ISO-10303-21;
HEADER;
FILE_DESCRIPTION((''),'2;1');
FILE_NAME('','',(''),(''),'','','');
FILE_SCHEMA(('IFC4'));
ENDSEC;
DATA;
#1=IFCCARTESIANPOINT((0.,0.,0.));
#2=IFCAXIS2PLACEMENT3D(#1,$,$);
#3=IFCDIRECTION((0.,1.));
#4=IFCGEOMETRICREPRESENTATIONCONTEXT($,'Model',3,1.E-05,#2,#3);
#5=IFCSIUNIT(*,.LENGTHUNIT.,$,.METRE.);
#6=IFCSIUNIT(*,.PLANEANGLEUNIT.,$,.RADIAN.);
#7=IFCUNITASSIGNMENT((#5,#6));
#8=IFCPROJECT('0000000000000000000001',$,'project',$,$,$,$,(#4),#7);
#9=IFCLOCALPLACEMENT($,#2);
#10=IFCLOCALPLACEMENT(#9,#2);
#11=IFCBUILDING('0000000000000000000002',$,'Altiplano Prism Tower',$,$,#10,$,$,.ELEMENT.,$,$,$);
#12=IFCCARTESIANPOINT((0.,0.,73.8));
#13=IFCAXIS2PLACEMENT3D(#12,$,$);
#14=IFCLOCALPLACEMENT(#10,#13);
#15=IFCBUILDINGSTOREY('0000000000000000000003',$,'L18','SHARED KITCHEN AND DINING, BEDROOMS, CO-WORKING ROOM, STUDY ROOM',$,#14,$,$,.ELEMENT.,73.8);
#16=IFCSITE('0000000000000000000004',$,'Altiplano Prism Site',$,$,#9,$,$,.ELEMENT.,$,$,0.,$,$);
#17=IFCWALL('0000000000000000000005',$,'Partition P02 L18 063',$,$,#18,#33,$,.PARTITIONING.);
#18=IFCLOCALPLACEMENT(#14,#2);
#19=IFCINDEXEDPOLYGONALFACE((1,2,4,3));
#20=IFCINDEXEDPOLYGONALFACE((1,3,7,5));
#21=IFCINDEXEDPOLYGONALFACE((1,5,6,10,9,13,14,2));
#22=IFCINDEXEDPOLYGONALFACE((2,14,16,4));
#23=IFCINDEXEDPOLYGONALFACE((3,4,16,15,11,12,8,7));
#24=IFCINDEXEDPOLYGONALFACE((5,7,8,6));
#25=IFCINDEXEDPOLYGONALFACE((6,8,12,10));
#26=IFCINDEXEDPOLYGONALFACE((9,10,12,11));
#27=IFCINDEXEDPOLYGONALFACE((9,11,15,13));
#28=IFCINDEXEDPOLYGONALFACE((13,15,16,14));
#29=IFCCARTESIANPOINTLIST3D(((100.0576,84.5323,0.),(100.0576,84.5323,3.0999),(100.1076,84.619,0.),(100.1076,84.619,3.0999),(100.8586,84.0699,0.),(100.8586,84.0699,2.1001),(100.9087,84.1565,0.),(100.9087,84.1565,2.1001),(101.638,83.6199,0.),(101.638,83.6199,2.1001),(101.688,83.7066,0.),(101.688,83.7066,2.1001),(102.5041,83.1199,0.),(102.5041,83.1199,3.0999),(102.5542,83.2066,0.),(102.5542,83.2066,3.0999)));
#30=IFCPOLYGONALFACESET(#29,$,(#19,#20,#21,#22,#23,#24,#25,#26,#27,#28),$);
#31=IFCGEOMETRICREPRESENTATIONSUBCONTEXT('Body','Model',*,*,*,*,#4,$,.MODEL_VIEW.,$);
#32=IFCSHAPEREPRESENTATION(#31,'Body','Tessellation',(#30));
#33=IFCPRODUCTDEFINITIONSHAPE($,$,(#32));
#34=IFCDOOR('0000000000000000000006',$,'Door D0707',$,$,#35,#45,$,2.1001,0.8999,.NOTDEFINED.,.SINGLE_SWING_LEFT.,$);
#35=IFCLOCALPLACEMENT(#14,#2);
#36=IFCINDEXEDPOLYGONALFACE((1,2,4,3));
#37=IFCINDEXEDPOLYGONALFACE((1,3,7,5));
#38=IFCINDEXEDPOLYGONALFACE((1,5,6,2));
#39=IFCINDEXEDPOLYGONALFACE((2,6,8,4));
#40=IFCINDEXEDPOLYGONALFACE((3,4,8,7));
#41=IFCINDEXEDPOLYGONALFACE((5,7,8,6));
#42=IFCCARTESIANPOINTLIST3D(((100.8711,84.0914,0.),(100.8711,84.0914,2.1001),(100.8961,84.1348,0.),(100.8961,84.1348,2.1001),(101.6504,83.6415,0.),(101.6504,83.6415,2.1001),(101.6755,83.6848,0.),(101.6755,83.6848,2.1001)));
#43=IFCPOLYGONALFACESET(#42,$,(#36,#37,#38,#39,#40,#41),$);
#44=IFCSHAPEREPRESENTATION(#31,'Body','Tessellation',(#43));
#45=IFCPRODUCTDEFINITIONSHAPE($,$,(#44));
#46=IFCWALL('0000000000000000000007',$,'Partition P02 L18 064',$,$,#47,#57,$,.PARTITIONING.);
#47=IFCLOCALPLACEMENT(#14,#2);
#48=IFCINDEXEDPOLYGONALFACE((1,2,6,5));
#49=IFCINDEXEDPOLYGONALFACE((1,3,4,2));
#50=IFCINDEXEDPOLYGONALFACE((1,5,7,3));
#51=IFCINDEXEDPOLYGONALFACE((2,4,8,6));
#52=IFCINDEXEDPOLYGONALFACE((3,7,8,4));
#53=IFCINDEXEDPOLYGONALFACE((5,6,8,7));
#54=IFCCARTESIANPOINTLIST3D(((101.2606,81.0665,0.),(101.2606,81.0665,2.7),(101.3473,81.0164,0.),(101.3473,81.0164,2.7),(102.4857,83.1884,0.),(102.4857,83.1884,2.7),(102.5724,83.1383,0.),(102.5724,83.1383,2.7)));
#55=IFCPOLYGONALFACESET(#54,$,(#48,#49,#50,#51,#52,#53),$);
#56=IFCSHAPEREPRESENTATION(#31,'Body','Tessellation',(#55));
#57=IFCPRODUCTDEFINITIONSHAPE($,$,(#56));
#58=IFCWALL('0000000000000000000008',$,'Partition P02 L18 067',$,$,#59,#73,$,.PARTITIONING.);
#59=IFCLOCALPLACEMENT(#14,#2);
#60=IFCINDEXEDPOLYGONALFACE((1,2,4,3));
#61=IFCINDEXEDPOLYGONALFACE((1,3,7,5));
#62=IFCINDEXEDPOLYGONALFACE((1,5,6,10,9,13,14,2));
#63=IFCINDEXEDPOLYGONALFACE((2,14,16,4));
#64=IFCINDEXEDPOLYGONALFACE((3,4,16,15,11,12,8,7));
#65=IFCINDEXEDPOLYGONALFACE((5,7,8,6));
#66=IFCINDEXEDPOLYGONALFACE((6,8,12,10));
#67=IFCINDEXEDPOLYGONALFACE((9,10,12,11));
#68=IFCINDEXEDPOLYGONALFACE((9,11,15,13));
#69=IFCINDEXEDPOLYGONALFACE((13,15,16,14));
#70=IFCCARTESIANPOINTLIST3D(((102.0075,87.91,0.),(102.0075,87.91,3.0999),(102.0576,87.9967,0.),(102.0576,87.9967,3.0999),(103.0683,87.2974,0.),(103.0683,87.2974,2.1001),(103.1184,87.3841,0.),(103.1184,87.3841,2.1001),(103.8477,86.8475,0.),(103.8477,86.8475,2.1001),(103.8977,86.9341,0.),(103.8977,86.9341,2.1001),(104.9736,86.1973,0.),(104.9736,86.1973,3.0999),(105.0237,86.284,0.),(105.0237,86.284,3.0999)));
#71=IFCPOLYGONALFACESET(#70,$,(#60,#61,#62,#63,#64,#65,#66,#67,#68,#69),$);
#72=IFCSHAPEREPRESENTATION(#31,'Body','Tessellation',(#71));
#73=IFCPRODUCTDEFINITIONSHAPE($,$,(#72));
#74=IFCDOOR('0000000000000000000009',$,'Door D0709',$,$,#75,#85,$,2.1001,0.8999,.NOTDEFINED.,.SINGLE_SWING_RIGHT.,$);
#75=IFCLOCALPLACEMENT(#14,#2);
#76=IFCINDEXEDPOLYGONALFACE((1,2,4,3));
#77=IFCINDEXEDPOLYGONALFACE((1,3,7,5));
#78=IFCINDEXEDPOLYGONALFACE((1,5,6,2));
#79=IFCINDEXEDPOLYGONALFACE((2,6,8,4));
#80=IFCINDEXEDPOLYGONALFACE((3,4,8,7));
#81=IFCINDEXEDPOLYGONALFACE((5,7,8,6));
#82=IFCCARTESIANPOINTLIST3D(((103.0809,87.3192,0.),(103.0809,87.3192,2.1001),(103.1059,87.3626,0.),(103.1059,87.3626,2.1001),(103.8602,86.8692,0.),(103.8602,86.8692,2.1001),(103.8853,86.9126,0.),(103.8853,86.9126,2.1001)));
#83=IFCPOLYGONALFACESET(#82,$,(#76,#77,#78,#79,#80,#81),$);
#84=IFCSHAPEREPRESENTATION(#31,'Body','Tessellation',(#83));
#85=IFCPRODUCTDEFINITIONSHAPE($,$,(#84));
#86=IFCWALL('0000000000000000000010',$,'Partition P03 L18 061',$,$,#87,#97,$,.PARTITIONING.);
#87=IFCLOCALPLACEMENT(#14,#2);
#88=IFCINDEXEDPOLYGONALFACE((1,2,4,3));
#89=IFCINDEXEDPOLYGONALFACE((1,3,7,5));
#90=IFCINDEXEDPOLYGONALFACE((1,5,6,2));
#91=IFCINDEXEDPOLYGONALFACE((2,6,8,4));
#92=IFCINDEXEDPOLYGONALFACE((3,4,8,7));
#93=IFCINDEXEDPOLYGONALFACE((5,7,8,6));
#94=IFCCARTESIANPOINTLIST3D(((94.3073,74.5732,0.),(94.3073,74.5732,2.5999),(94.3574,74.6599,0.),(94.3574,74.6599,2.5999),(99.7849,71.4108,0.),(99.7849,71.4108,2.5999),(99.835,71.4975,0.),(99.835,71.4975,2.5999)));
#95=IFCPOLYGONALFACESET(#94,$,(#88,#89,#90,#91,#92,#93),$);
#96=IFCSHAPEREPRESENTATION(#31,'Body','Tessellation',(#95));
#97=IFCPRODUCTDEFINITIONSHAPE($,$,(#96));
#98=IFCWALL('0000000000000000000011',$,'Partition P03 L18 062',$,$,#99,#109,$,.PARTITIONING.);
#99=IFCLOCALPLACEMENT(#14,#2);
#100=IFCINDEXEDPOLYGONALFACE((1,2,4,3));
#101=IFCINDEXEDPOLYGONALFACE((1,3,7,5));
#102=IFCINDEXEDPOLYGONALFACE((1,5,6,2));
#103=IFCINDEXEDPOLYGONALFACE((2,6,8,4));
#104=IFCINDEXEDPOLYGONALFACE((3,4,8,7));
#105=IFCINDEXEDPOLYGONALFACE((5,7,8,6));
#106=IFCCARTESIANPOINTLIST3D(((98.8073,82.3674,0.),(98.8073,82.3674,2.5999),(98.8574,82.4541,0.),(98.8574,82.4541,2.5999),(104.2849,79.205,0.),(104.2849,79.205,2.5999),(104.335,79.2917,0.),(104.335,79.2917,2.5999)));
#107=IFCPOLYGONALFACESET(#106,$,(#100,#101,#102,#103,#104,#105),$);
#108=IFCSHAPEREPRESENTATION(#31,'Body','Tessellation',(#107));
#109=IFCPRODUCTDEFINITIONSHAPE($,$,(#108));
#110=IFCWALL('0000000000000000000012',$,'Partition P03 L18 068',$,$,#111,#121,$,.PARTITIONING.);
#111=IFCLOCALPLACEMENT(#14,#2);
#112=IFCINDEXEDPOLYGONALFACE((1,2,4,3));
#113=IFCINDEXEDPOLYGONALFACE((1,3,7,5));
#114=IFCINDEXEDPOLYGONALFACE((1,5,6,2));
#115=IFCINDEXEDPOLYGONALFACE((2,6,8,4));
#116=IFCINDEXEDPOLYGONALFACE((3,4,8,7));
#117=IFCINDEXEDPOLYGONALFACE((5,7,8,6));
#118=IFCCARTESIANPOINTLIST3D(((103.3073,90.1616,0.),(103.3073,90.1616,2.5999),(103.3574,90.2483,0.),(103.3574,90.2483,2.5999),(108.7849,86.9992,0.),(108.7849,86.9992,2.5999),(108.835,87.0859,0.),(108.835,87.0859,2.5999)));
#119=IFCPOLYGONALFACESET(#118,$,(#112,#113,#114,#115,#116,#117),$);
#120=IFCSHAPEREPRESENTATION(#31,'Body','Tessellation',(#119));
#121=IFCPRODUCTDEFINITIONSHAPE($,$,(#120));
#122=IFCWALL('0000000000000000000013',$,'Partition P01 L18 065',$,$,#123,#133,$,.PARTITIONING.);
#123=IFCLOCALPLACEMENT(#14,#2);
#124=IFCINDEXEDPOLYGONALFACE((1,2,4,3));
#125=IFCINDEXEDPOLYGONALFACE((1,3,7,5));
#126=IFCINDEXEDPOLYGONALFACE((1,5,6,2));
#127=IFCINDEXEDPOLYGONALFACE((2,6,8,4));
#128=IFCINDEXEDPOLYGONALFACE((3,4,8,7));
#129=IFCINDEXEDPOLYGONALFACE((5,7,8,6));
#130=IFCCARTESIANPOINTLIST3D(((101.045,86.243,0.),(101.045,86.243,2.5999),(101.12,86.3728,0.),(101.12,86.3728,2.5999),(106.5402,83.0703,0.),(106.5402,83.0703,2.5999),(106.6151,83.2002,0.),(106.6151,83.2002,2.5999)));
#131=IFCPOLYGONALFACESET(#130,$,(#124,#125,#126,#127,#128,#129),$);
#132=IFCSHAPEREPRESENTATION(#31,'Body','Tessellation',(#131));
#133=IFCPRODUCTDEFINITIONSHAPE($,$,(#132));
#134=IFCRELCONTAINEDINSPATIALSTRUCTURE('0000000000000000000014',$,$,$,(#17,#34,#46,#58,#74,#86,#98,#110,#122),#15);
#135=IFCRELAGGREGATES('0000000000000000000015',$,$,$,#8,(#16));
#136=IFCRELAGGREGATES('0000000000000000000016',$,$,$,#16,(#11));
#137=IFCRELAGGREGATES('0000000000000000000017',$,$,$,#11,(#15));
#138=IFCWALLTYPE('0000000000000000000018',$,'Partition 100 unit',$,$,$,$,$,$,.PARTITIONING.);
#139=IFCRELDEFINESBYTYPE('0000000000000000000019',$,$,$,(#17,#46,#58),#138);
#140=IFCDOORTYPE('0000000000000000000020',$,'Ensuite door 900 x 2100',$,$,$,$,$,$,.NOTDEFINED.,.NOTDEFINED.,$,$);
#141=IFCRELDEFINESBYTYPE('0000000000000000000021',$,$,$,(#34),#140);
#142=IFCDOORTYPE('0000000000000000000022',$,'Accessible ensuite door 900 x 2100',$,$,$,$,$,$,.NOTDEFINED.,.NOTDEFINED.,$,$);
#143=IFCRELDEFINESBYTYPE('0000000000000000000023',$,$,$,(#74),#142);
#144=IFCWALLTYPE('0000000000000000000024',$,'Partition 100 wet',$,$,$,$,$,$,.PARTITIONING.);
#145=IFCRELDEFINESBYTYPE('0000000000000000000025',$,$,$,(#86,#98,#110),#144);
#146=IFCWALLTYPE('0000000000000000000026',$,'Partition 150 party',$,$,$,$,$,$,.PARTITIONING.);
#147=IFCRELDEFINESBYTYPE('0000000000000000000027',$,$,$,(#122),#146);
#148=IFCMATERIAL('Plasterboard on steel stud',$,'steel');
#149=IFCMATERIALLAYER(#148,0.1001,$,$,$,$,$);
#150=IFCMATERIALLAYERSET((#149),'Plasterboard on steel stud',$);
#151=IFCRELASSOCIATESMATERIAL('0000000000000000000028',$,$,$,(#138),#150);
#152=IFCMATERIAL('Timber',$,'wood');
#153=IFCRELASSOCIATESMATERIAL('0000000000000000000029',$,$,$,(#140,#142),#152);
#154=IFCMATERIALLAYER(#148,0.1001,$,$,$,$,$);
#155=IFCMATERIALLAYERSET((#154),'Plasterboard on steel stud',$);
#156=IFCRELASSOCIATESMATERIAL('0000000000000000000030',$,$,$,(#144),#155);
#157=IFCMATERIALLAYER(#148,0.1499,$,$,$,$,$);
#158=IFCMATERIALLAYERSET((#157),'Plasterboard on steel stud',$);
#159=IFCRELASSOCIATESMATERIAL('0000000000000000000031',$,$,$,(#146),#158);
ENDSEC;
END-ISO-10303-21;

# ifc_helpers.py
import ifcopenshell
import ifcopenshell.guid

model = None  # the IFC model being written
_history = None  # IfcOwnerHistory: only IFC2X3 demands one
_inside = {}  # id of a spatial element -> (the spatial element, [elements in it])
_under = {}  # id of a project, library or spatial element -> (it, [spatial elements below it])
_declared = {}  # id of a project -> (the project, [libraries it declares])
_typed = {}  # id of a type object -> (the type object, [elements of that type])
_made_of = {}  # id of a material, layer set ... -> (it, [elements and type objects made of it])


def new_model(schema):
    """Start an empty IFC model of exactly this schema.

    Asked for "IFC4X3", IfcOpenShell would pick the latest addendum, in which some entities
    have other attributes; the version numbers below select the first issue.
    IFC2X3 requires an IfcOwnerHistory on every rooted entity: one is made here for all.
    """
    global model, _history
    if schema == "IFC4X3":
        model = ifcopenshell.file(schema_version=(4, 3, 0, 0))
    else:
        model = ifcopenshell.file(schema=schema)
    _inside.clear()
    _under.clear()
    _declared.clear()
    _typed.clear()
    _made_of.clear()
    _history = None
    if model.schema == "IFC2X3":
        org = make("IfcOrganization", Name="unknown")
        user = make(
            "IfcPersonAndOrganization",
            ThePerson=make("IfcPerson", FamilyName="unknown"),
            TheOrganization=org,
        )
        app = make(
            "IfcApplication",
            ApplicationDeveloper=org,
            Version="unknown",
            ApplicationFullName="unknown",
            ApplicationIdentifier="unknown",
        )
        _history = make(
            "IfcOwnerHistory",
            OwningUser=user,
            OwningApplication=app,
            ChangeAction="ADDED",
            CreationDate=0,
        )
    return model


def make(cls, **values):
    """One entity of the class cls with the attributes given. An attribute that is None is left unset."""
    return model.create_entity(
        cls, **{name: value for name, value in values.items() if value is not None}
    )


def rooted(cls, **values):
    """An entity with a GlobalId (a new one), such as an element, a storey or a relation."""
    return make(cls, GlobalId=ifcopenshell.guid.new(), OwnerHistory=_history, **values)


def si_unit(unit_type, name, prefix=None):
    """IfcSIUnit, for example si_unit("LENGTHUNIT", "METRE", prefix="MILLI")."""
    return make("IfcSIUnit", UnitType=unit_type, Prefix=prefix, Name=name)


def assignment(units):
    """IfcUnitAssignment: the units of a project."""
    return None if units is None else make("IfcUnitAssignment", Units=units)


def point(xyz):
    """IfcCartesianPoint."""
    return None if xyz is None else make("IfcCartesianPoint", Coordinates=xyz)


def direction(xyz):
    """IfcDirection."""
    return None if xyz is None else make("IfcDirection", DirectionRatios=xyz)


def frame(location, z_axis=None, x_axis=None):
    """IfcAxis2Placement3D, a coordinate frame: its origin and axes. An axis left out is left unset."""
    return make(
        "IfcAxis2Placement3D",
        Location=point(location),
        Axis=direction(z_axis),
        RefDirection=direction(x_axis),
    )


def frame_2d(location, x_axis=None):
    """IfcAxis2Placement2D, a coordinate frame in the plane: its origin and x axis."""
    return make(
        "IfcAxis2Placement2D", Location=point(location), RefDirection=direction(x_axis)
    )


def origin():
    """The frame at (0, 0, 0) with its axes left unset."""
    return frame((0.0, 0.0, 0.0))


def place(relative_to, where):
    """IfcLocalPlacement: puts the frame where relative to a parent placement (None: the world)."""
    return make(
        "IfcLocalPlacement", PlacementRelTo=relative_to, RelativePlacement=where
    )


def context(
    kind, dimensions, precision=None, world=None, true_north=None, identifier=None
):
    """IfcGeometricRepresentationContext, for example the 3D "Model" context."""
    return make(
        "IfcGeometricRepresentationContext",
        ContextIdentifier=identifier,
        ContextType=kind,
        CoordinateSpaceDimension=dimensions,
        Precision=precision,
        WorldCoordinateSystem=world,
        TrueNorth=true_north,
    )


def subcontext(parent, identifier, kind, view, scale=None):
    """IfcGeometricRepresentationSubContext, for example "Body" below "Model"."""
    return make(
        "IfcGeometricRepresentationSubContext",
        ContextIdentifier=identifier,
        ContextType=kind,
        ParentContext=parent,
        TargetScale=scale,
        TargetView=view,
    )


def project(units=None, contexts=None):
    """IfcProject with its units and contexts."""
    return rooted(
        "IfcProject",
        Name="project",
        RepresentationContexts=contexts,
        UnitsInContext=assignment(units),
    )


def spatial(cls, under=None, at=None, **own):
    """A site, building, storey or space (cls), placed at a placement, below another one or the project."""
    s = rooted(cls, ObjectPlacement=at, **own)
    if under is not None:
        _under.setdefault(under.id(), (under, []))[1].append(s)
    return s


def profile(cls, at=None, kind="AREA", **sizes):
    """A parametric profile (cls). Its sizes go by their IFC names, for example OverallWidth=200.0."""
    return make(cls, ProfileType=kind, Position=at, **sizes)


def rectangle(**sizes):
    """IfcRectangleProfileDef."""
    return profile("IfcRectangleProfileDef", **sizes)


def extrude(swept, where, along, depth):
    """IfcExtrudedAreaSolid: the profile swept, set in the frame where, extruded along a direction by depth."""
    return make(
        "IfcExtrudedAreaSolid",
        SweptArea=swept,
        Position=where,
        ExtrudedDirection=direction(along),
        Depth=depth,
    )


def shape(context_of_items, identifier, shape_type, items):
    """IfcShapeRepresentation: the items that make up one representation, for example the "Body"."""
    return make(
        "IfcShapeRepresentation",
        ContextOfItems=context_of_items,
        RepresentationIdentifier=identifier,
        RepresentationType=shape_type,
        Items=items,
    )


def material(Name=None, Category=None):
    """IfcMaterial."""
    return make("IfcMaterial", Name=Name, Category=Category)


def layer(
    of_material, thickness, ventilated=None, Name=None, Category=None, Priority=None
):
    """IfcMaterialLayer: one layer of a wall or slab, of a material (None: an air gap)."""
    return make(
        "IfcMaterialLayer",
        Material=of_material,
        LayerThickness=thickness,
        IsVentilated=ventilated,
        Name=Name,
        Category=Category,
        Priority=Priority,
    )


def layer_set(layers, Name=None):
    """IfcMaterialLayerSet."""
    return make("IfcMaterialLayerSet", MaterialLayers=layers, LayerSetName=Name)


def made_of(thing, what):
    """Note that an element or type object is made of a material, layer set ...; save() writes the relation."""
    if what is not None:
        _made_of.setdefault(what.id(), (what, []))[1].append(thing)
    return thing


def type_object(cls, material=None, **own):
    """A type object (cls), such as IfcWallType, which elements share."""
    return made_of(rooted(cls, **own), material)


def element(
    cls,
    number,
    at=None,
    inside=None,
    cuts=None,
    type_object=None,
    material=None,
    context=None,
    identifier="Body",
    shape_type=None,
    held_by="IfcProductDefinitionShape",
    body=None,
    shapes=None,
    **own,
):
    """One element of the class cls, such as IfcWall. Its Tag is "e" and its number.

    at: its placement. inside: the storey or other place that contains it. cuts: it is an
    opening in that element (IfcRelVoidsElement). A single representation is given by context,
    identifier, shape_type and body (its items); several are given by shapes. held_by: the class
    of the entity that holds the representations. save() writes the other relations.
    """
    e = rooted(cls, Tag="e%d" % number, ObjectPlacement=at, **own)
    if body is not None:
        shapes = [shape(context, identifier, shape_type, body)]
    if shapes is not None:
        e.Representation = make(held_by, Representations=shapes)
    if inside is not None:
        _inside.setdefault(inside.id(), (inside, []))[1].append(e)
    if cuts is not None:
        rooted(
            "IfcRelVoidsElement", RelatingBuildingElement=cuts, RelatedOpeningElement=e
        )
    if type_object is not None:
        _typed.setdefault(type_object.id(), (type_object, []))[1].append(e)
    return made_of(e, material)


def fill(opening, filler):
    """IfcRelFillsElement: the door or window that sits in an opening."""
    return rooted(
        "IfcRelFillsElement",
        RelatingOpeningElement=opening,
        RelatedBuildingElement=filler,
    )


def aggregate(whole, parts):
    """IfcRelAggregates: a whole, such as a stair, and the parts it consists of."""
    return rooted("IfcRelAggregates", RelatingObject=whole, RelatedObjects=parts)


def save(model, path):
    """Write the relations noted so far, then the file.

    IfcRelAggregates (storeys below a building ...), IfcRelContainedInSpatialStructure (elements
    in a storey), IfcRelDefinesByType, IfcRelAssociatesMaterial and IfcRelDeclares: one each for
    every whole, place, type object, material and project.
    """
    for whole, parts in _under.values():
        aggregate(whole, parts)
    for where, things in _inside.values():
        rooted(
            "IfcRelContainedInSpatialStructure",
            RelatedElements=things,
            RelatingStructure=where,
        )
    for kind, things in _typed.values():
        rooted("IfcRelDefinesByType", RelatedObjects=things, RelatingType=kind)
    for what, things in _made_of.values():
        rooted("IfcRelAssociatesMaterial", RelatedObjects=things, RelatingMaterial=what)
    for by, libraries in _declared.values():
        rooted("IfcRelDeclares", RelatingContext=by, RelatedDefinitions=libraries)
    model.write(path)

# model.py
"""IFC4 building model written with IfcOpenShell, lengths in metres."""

from ifc_helpers import new_model, si_unit, direction, frame, frame_2d, origin, place, context, subcontext, project, spatial, rectangle, extrude, material, layer, layer_set, type_object, element, fill, save


model = new_model("IFC4")

# Units and contexts
model_context = context("Model", 3, precision=1e-05, world=origin(), true_north=direction((0.0, 1.0)))
body_context = subcontext(model_context, "Body", "Model", "MODEL_VIEW")
ifc_project = project(units=[si_unit("LENGTHUNIT", "METRE"), si_unit("PLANEANGLEUNIT", "RADIAN")], contexts=[model_context])

# Site, building, storey
site_placement = place(None, origin())
site = spatial("IfcSite", under=ifc_project, at=site_placement, Name="Altiplano Prism Site", CompositionType="ELEMENT", RefElevation=0.0)
building_placement = place(site_placement, origin())
building = spatial("IfcBuilding", under=site, at=building_placement, Name="Altiplano Prism Tower", CompositionType="ELEMENT")
storey_placement = place(building_placement, frame((0.0, 0.0, 73.8)))
storey = spatial("IfcBuildingStorey", under=building, at=storey_placement, Name="L18", Description="SHARED KITCHEN AND DINING, BEDROOMS, CO-WORKING ROOM, STUDY ROOM", CompositionType="ELEMENT", Elevation=73.8)

# Wall, opening, door
ifc_material_1 = material(Name="Plasterboard on steel stud", Category="steel")
ifc_layer_1 = layer(ifc_material_1, 0.1001)
ifc_layer_set_1 = layer_set([ifc_layer_1], Name="Plasterboard on steel stud")
wall_type_1 = type_object("IfcWallType", Name="Partition 100 unit", PredefinedType="PARTITIONING", material=ifc_layer_set_1)
wall_1_placement = place(storey_placement, frame((100.0825, 84.5757, 0.0), z_axis=(0.0, 0.0, 1.0), x_axis=(0.866049, -0.499959, 0.0)))
wall_1 = element("IfcWall", 1, at=wall_1_placement, inside=storey, type_object=wall_type_1, Name="Partition P02 L18 063", PredefinedType="PARTITIONING", context=body_context, shape_type="SweptSolid", body=[
    extrude(rectangle(XDim=2.825, YDim=0.1001, at=frame_2d((1.4126, 0.0))), origin(), (0.0, 0.0, 1.0), 3.0999),
])
opening_1_placement = place(wall_1_placement, frame((0.925, 0.0, 0.0)))
opening_1 = element("IfcOpeningElement", 2, at=opening_1_placement, cuts=wall_1, PredefinedType="OPENING", context=body_context, shape_type="SweptSolid", body=[
    extrude(rectangle(XDim=0.8999, YDim=2.1001, at=frame_2d((0.45, 1.05))), frame((0.0, 0.0605, 0.0), z_axis=(0.0, -1.0, 0.0), x_axis=(1.0, 0.0, 0.0)), (0.0, 0.0, 1.0), 0.1211),
])
ifc_material_2 = material(Name="Timber", Category="wood")
door_type_1 = type_object("IfcDoorType", Name="Ensuite door 900 x 2100", OperationType="NOTDEFINED", PredefinedType="NOTDEFINED", material=ifc_material_2)
door_1_placement = place(opening_1_placement, origin())
door_1 = element("IfcDoor", 3, at=door_1_placement, inside=storey, type_object=door_type_1, Name="Door D0707", OperationType="SINGLE_SWING_LEFT", OverallHeight=2.1001, OverallWidth=0.8999, PredefinedType="NOTDEFINED", context=body_context, shape_type="SweptSolid", body=[
    extrude(rectangle(XDim=0.8999, YDim=2.1001, at=frame_2d((0.45, 1.05))), frame((0.0, 0.0249, 0.0), z_axis=(0.0, -1.0, 0.0), x_axis=(1.0, 0.0, 0.0)), (0.0, 0.0, 1.0), 0.05),
])
fill(opening_1, door_1)

# Wall
wall_2_placement = place(storey_placement, frame((102.5291, 83.1633, 0.0), z_axis=(0.0, 0.0, 1.0), x_axis=(-0.500019, -0.866015, 0.0)))
element("IfcWall", 4, at=wall_2_placement, inside=storey, type_object=wall_type_1, Name="Partition P02 L18 064", PredefinedType="PARTITIONING", context=body_context, shape_type="SweptSolid", body=[
    extrude(rectangle(XDim=2.4502, YDim=0.1001, at=frame_2d((1.2251, 0.0))), origin(), (0.0, 0.0, 1.0), 2.7),
])

# Wall, opening, door
wall_3_placement = place(storey_placement, frame((104.9985, 86.2407, 0.0), z_axis=(0.0, 0.0, 1.0), x_axis=(-0.866002, 0.500041, 0.0)))
wall_3 = element("IfcWall", 5, at=wall_3_placement, inside=storey, type_object=wall_type_1, Name="Partition P02 L18 067", PredefinedType="PARTITIONING", context=body_context, shape_type="SweptSolid", body=[
    extrude(rectangle(XDim=3.425, YDim=0.1001, at=frame_2d((1.7124, 0.0))), origin(), (0.0, 0.0, 1.0), 3.0999),
])
opening_2_placement = place(wall_3_placement, frame((1.3, 0.0, 0.0)))
opening_2 = element("IfcOpeningElement", 6, at=opening_2_placement, cuts=wall_3, PredefinedType="OPENING", context=body_context, shape_type="SweptSolid", body=[
    extrude(rectangle(XDim=0.8999, YDim=2.1001, at=frame_2d((0.45, 1.05))), frame((0.0, 0.0605, 0.0), z_axis=(0.0, -1.0, 0.0), x_axis=(1.0, 0.0, 0.0)), (0.0, 0.0, 1.0), 0.1211),
])
door_type_2 = type_object("IfcDoorType", Name="Accessible ensuite door 900 x 2100", OperationType="NOTDEFINED", PredefinedType="NOTDEFINED", material=ifc_material_2)
door_2_placement = place(opening_2_placement, origin())
door_2 = element("IfcDoor", 7, at=door_2_placement, inside=storey, type_object=door_type_2, Name="Door D0709", OperationType="SINGLE_SWING_RIGHT", OverallHeight=2.1001, OverallWidth=0.8999, PredefinedType="NOTDEFINED", context=body_context, shape_type="SweptSolid", body=[
    extrude(rectangle(XDim=0.8999, YDim=2.1001, at=frame_2d((0.45, 1.05))), frame((0.0, 0.0249, 0.0), z_axis=(0.0, -1.0, 0.0), x_axis=(1.0, 0.0, 0.0)), (0.0, 0.0, 1.0), 0.05),
])
fill(opening_2, door_2)

# Walls
ifc_layer_2 = layer(ifc_material_1, 0.1001)
ifc_layer_set_2 = layer_set([ifc_layer_2], Name="Plasterboard on steel stud")
wall_type_2 = type_object("IfcWallType", Name="Partition 100 wet", PredefinedType="PARTITIONING", material=ifc_layer_set_2)
for number, where, z_axis, x_axis, name in (
    (8, (99.8101, 71.4541, 0.0), (0.0, 0.0, 1.0), (-0.866033, 0.499988, 0.0), "Partition P03 L18 061"),
    (9, (104.3101, 79.2483, 0.0), (0.0, 0.0, 1.0), (-0.866033, 0.499988, 0.0), "Partition P03 L18 062"),
    (10, (108.8101, 87.0425, 0.0), (0.0, 0.0, 1.0), (-0.866033, 0.499988, 0.0), "Partition P03 L18 068"),
):
    element("IfcWall", number, at=place(storey_placement, frame(where, z_axis=z_axis, x_axis=x_axis)), inside=storey, type_object=wall_type_2, Name=name, PredefinedType="PARTITIONING", context=body_context, shape_type="SweptSolid", body=[
        extrude(rectangle(XDim=6.325, YDim=0.1001, at=frame_2d((3.1626, 0.0))), origin(), (0.0, 0.0, 1.0), 2.5999),
    ])
ifc_layer_3 = layer(ifc_material_1, 0.1499)
ifc_layer_set_3 = layer_set([ifc_layer_3], Name="Plasterboard on steel stud")
wall_type_3 = type_object("IfcWallType", Name="Partition 150 party", PredefinedType="PARTITIONING", material=ifc_layer_set_3)
wall_4_placement = place(storey_placement, frame((106.5776, 83.1353, 0.0), z_axis=(0.0, 0.0, 1.0), x_axis=(-0.866025, 0.5, 0.0)))
element("IfcWall", 11, at=wall_4_placement, inside=storey, type_object=wall_type_3, Name="Partition P01 L18 065", PredefinedType="PARTITIONING", context=body_context, shape_type="SweptSolid", body=[
    extrude(rectangle(XDim=6.3452, YDim=0.1499, at=frame_2d((3.1726, 0.0))), origin(), (0.0, 0.0, 1.0), 2.5999),
])

save(model, "model.ifc")
